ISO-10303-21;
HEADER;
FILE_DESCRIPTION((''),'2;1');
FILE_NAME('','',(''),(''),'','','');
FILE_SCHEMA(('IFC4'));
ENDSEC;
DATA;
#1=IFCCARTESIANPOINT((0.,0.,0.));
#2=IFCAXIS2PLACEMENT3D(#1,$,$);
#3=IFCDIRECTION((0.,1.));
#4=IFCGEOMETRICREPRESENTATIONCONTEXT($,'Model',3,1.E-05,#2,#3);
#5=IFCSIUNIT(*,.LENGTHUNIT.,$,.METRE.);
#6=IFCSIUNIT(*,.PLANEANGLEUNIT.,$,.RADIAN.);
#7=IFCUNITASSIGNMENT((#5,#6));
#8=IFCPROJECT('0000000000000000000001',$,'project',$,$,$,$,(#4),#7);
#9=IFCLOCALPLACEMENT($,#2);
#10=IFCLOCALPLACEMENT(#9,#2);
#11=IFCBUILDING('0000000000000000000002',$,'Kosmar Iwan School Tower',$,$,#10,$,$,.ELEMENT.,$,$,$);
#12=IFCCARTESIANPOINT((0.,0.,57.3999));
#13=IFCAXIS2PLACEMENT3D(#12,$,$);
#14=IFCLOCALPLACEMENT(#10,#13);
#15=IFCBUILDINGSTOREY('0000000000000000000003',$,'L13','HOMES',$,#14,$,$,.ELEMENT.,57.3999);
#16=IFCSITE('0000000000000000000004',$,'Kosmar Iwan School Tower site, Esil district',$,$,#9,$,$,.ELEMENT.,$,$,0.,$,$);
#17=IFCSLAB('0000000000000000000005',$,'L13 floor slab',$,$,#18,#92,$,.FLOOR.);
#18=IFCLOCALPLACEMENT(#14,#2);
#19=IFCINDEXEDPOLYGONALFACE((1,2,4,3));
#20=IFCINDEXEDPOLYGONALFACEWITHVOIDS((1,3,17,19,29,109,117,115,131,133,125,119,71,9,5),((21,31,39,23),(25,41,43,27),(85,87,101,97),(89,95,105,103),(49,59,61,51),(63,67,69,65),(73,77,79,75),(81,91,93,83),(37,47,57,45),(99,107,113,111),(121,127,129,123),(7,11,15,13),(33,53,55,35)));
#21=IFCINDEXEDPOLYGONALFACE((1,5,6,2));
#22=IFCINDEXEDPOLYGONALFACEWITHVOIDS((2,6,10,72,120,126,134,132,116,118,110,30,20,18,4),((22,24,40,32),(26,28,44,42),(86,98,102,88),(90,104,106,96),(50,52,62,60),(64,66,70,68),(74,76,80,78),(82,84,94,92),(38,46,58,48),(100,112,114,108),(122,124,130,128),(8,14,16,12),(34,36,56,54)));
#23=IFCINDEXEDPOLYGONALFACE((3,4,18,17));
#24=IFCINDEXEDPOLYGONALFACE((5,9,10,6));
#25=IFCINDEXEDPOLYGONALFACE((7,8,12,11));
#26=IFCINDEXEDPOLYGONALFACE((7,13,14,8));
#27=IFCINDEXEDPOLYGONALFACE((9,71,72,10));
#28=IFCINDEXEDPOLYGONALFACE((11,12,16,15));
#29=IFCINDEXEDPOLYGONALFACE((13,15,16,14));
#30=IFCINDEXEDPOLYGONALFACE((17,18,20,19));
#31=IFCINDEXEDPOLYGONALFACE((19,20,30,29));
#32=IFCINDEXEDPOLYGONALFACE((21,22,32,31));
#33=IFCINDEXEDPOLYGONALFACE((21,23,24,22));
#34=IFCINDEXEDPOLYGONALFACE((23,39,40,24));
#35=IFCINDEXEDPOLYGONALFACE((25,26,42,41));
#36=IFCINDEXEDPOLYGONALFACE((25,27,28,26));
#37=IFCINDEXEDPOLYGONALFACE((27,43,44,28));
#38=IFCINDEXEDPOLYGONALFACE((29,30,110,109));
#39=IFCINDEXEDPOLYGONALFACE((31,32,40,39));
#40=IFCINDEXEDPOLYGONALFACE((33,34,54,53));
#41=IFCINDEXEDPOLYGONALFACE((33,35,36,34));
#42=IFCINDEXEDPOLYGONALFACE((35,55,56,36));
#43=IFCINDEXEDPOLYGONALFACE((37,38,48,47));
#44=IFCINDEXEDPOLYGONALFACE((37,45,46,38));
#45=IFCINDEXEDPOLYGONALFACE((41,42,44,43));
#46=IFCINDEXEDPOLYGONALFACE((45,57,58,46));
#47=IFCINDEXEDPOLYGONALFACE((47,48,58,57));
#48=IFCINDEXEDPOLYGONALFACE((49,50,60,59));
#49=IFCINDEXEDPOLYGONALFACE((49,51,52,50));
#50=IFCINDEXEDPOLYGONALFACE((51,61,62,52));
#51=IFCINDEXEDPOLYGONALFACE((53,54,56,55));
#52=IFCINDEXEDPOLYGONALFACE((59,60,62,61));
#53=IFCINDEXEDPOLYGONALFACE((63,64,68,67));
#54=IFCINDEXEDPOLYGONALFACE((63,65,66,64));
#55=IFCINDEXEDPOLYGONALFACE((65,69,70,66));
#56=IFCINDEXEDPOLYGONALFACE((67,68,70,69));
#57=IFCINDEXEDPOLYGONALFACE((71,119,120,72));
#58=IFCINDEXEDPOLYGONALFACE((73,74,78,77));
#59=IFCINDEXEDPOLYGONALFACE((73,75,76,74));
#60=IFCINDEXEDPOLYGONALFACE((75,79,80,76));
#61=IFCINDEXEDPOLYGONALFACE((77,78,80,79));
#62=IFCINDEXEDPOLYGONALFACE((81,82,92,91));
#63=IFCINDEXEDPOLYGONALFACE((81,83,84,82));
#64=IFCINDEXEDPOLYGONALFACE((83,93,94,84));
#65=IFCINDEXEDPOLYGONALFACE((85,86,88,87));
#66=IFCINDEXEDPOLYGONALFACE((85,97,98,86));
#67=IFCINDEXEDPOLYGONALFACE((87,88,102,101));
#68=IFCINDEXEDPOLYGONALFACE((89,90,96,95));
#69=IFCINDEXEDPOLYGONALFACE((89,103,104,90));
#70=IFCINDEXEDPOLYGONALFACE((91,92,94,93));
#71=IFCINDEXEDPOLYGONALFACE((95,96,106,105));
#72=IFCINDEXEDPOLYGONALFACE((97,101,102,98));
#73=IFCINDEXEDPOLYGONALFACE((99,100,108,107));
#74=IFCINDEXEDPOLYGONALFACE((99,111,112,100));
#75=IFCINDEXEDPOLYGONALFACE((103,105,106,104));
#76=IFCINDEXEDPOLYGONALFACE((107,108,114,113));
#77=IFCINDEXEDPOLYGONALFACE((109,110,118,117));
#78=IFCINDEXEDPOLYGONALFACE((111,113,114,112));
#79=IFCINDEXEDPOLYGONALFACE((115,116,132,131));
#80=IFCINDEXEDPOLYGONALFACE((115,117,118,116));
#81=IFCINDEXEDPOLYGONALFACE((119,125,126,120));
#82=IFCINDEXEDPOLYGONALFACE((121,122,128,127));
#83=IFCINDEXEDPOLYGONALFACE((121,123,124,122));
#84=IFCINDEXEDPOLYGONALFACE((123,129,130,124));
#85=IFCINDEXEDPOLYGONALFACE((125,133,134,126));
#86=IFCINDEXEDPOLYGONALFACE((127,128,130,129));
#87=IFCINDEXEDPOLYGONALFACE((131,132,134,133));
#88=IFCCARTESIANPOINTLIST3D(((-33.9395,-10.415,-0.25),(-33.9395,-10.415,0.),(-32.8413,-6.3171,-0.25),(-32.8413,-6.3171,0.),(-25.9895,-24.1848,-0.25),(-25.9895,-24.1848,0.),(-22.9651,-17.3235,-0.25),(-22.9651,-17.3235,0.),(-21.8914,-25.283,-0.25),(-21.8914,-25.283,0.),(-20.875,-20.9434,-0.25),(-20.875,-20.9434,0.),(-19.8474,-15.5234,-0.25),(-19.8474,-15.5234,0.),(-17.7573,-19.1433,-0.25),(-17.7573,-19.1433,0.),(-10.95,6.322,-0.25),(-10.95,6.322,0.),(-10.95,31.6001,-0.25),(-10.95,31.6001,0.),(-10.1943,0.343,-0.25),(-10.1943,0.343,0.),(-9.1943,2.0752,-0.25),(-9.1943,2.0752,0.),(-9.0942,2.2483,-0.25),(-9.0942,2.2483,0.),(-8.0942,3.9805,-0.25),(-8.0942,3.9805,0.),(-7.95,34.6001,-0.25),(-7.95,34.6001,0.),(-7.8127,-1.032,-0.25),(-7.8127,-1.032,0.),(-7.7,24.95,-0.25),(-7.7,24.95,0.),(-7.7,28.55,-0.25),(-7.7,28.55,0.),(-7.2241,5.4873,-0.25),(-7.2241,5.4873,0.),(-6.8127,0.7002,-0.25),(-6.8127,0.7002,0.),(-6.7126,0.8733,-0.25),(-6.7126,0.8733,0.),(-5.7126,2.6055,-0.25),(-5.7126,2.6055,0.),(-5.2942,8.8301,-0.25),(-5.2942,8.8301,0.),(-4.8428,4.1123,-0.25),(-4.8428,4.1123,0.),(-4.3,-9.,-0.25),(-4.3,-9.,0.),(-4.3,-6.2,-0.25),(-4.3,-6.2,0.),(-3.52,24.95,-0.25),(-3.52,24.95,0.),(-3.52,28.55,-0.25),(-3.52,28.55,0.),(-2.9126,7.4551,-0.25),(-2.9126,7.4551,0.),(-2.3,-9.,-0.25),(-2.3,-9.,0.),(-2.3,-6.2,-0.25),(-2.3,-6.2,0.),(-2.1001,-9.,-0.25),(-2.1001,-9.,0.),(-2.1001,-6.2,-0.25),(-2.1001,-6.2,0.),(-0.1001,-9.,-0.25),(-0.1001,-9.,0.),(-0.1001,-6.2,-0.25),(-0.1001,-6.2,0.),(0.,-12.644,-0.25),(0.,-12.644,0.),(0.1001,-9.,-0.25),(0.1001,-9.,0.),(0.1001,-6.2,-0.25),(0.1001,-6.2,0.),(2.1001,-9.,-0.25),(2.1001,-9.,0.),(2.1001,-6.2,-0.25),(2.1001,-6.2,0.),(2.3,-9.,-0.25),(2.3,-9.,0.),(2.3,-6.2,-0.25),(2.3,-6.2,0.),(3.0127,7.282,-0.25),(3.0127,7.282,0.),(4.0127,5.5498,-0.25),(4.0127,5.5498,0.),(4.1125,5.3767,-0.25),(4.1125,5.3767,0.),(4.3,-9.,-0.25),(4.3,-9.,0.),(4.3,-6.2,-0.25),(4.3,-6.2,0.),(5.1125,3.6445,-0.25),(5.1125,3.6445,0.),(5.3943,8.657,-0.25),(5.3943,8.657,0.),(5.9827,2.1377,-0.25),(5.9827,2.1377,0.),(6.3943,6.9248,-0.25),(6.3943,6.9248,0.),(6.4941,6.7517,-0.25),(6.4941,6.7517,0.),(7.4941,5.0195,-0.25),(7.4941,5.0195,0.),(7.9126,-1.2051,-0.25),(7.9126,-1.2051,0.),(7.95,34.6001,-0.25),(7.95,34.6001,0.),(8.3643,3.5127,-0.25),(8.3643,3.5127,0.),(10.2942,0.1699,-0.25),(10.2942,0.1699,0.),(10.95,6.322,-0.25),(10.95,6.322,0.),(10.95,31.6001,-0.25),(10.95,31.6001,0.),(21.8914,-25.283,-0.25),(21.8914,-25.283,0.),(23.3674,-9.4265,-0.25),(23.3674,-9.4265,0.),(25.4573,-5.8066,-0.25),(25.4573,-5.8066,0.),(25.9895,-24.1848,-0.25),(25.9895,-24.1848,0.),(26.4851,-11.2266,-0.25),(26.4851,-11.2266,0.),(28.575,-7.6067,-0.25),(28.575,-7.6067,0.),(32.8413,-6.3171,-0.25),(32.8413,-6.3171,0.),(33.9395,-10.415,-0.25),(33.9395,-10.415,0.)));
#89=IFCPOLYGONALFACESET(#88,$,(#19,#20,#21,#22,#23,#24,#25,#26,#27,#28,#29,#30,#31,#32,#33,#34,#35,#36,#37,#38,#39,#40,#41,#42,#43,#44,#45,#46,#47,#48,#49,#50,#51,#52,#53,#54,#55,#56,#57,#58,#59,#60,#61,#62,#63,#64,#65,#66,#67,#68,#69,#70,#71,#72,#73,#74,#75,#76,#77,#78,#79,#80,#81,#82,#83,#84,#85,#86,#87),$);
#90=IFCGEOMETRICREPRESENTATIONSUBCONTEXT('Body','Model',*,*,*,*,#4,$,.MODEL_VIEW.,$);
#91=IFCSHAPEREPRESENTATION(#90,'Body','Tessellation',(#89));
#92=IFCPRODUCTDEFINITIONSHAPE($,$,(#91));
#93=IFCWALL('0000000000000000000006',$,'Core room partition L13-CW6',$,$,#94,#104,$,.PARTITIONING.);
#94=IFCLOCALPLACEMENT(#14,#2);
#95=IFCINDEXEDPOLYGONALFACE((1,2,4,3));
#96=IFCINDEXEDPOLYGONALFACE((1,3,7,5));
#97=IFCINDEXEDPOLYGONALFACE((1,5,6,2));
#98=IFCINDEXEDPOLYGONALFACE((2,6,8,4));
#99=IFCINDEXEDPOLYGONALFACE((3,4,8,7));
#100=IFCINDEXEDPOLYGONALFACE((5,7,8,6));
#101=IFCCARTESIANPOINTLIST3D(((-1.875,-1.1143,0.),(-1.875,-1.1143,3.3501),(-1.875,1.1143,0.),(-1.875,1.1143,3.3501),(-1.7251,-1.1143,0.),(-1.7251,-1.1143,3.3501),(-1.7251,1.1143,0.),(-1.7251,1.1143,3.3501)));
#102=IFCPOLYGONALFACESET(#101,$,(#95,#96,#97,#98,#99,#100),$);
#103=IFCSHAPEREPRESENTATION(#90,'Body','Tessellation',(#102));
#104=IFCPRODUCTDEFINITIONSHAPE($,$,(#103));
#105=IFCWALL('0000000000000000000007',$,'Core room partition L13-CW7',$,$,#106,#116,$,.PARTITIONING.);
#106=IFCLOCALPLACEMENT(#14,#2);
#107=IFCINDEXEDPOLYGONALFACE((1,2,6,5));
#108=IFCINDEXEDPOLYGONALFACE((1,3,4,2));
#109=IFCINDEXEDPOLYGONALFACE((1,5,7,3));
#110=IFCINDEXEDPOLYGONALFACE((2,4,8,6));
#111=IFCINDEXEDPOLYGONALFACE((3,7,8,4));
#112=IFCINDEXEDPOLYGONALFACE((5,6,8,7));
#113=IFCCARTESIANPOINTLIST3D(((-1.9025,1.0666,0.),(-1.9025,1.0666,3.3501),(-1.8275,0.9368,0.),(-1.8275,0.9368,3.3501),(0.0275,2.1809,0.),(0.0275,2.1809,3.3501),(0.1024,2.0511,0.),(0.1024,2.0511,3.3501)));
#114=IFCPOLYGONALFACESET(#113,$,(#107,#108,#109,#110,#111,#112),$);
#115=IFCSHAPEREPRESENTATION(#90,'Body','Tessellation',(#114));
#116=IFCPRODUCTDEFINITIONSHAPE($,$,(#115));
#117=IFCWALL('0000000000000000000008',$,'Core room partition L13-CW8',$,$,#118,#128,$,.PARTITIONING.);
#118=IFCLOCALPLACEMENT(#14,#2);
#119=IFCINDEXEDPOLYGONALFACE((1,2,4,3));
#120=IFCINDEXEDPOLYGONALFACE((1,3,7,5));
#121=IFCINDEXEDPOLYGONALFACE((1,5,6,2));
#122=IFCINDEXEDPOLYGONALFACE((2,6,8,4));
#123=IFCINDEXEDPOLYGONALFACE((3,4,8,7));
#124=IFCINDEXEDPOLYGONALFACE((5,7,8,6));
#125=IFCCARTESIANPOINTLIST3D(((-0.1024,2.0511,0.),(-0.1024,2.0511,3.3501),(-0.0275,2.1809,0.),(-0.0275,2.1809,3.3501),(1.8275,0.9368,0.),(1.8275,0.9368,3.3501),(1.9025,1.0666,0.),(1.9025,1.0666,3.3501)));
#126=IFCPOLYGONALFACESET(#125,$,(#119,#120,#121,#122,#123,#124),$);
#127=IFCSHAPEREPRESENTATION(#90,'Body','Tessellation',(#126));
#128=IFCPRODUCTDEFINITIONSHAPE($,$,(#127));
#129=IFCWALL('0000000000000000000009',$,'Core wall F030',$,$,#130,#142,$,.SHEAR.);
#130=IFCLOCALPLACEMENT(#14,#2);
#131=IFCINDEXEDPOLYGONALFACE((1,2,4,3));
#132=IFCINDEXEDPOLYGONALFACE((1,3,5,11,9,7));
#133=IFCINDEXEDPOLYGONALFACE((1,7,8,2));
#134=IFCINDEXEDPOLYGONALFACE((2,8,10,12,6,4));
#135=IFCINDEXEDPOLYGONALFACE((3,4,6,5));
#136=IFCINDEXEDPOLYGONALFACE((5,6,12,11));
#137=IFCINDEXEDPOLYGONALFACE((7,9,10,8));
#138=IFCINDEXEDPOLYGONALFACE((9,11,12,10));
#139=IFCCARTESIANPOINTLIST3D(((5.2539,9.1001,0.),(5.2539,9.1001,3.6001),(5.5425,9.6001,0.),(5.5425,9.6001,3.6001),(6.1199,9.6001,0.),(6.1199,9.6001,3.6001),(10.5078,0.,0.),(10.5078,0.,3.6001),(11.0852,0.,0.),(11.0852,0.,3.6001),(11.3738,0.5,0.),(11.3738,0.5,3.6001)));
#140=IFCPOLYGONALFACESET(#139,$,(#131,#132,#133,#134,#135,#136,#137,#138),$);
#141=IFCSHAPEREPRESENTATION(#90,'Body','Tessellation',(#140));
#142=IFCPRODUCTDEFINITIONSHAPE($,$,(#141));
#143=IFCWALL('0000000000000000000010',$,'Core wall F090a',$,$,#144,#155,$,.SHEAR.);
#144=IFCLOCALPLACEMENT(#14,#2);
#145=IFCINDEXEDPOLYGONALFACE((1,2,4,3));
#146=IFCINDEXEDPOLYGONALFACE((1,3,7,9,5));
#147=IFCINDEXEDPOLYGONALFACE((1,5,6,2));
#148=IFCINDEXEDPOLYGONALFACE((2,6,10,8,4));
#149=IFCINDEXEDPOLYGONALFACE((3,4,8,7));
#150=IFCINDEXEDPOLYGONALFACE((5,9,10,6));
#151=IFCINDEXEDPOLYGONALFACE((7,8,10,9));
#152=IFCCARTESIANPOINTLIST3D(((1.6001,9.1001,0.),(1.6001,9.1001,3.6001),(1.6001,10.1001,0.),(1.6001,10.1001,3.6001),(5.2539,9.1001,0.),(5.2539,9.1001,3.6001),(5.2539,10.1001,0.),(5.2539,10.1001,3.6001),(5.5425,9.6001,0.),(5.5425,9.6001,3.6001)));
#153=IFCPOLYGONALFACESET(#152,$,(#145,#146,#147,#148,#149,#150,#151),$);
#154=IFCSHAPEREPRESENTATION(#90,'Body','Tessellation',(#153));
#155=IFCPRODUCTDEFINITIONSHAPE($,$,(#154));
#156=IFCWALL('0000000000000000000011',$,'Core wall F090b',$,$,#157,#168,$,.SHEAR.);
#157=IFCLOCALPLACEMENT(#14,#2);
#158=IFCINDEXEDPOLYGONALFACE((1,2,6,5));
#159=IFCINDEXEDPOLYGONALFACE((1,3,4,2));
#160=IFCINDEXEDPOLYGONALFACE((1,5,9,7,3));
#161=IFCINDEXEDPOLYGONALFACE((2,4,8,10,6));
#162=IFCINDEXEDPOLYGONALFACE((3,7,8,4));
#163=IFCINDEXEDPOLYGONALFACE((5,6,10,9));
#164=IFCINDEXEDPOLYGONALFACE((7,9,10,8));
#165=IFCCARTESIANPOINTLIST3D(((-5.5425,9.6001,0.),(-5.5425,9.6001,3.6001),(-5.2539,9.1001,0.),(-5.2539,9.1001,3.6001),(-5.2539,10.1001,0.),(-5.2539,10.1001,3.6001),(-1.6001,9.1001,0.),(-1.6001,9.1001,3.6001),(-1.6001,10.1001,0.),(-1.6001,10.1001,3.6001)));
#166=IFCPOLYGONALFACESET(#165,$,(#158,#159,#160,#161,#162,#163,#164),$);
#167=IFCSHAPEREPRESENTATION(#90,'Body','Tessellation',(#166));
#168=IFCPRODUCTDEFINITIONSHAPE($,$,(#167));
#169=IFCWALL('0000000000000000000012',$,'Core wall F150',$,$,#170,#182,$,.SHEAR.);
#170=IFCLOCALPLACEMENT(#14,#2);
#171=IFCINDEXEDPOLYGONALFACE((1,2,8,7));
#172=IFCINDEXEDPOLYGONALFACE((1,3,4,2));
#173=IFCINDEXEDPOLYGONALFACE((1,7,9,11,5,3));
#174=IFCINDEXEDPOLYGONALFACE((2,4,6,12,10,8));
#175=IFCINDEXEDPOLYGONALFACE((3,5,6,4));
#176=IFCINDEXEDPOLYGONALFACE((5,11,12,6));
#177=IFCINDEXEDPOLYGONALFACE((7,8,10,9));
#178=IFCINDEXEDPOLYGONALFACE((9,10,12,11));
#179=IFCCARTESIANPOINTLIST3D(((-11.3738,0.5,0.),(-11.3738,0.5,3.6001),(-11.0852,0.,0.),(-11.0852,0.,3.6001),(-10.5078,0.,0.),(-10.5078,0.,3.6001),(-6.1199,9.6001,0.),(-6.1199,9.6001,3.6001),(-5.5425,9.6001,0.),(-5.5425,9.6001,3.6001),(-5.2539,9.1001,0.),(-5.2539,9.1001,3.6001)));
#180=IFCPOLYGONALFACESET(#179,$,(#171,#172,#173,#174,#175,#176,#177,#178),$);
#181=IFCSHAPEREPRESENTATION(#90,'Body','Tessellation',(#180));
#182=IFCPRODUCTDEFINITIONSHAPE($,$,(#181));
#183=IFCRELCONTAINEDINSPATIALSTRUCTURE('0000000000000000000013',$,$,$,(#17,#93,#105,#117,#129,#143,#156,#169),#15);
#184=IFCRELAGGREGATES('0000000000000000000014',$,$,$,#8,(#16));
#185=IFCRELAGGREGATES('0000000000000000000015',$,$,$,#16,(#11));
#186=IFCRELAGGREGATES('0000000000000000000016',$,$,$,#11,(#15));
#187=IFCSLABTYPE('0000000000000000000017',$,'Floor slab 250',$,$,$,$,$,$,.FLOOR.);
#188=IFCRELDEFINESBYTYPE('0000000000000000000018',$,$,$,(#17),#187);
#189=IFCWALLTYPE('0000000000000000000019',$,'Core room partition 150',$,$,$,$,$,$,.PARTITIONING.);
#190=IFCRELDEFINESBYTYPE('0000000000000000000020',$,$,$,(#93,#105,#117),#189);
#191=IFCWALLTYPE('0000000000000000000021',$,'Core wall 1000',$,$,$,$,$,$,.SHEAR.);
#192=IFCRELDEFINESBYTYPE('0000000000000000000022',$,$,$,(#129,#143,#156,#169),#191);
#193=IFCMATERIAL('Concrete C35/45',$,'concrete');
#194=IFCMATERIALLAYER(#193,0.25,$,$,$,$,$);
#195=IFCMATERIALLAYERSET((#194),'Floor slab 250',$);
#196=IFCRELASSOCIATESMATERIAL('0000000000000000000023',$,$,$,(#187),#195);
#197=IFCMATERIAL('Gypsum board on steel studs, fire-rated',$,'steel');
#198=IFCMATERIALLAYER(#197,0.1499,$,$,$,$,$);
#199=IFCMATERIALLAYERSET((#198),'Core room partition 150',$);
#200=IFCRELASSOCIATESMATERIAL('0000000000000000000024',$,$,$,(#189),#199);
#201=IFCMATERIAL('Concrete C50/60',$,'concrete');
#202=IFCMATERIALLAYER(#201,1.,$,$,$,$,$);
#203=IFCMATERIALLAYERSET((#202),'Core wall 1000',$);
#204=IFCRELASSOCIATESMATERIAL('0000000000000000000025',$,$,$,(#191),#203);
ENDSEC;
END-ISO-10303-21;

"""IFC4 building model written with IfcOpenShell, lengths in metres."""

from ifc_helpers import new_model, si_unit, direction, frame, frame_2d, origin, place, context, subcontext, project, spatial, polyline, rectangle, outline, extrude, material, layer, layer_set, type_object, element, save


model = new_model("IFC4")

# Units and contexts
model_context = context("Model", 3, precision=1e-05, world=origin(), true_north=direction((0.0, 1.0)))
body_context = subcontext(model_context, "Body", "Model", "MODEL_VIEW")
ifc_project = project(units=[si_unit("LENGTHUNIT", "METRE"), si_unit("PLANEANGLEUNIT", "RADIAN")], contexts=[model_context])

# Site, building, storey
site_placement = place(None, origin())
site = spatial("IfcSite", under=ifc_project, at=site_placement, Name="Kosmar Iwan School Tower site, Esil district", CompositionType="ELEMENT", RefElevation=0.0)
building_placement = place(site_placement, origin())
building = spatial("IfcBuilding", under=site, at=building_placement, Name="Kosmar Iwan School Tower", CompositionType="ELEMENT")
storey_placement = place(building_placement, frame((0.0, 0.0, 57.3999)))
storey = spatial("IfcBuildingStorey", under=building, at=storey_placement, Name="L13", Description="HOMES", CompositionType="ELEMENT", Elevation=57.3999)

# Slab
ifc_material_1 = material(Name="Concrete C35/45", Category="concrete")
ifc_layer_1 = layer(ifc_material_1, 0.25)
ifc_layer_set_1 = layer_set([ifc_layer_1], Name="Floor slab 250")
slab_type = type_object("IfcSlabType", Name="Floor slab 250", PredefinedType="FLOOR", material=ifc_layer_set_1)
slab_placement = place(storey_placement, frame((0.0, 0.0, -0.25)))
element("IfcSlab", 1, at=slab_placement, inside=storey, type_object=slab_type, Name="L13 floor slab", PredefinedType="FLOOR", context=body_context, shape_type="SweptSolid", body=[
    extrude(outline(polyline([(-21.8914, -25.283), (0.0, -12.644), (21.8914, -25.283), (25.9895, -24.1848), (33.9395, -10.415), (32.8413, -6.3171), (10.95, 6.322), (10.95, 31.6001), (7.95, 34.6001), (-7.95, 34.6001), (-10.95, 31.6001), (-10.95, 6.322), (-32.8413, -6.3171), (-33.9395, -10.415), (-25.9895, -24.1848), (-21.8914, -25.283)]), holes=[polyline([(7.9126, -1.2051), (10.2942, 0.1699), (8.3643, 3.5127), (5.9827, 2.1377), (7.9126, -1.2051)]), polyline([(-2.9126, 7.4551), (-5.2942, 8.8301), (-7.2241, 5.4873), (-4.8428, 4.1123), (-2.9126, 7.4551)]), polyline([(-5.7126, 2.6055), (-8.0942, 3.9805), (-9.0942, 2.2483), (-6.7126, 0.8733), (-5.7126, 2.6055)]), polyline([(-6.8127, 0.7002), (-9.1943, 2.0752), (-10.1943, 0.343), (-7.8127, -1.032), (-6.8127, 0.7002)]), polyline([(5.1125, 3.6445), (7.4941, 5.0195), (6.4941, 6.7517), (4.1125, 5.3767), (5.1125, 3.6445)]), polyline([(4.0127, 5.5498), (6.3943, 6.9248), (5.3943, 8.657), (3.0127, 7.282), (4.0127, 5.5498)]), polyline([(-4.3, -6.2), (-4.3, -9.0), (-2.3, -9.0), (-2.3, -6.2), (-4.3, -6.2)]), polyline([(-2.1001, -6.2), (-2.1001, -9.0), (-0.1001, -9.0), (-0.1001, -6.2), (-2.1001, -6.2)]), polyline([(0.1001, -6.2), (0.1001, -9.0), (2.1001, -9.0), (2.1001, -6.2), (0.1001, -6.2)]), polyline([(2.3, -6.2), (2.3, -9.0), (4.3, -9.0), (4.3, -6.2), (2.3, -6.2)]), polyline([(-3.52, 24.95), (-3.52, 28.55), (-7.7, 28.55), (-7.7, 24.95), (-3.52, 24.95)]), polyline([(-19.8474, -15.5234), (-22.9651, -17.3235), (-20.875, -20.9434), (-17.7573, -19.1433), (-19.8474, -15.5234)]), polyline([(23.3674, -9.4265), (26.4851, -11.2266), (28.575, -7.6067), (25.4573, -5.8066), (23.3674, -9.4265)])]), origin(), (0.0, 0.0, 1.0), 0.25),
])

# Walls
ifc_material_2 = material(Name="Gypsum board on steel studs, fire-rated", Category="steel")
ifc_layer_2 = layer(ifc_material_2, 0.1499)
ifc_layer_set_2 = layer_set([ifc_layer_2], Name="Core room partition 150")
wall_type_1 = type_object("IfcWallType", Name="Core room partition 150", PredefinedType="PARTITIONING", material=ifc_layer_set_2)
for number, where, z_axis, x_axis, name in (
    (2, (-1.8, -1.1143, 0.0), (0.0, 0.0, 1.0), (0.0, 1.0, 0.0), "Core room partition L13-CW6"),
    (3, (-1.865, 1.0017, 0.0), (0.0, 0.0, 1.0), (0.866023, 0.500004, 0.0), "Core room partition L13-CW7"),
    (4, (-0.0649, 2.116, 0.0), (0.0, 0.0, 1.0), (0.866023, -0.500004, 0.0), "Core room partition L13-CW8"),
):
    element("IfcWall", number, at=place(storey_placement, frame(where, z_axis=z_axis, x_axis=x_axis)), inside=storey, type_object=wall_type_1, Name=name, PredefinedType="PARTITIONING", context=body_context, shape_type="SweptSolid", body=[
        extrude(rectangle(XDim=2.2285, YDim=0.1499, at=frame_2d((1.1143, 0.0))), origin(), (0.0, 0.0, 1.0), 3.3501),
    ])
ifc_material_3 = material(Name="Concrete C50/60", Category="concrete")
ifc_layer_3 = layer(ifc_material_3, 1.0)
ifc_layer_set_3 = layer_set([ifc_layer_3], Name="Core wall 1000")
wall_type_2 = type_object("IfcWallType", Name="Core wall 1000", PredefinedType="SHEAR", material=ifc_layer_set_3)
wall_1_placement = place(storey_placement, origin())
element("IfcWall", 5, at=wall_1_placement, inside=storey, type_object=wall_type_2, Name="Core wall F030", PredefinedType="SHEAR", context=body_context, shape_type="SweptSolid", body=[
    extrude(outline(polyline([(10.5078, 0.0), (11.0852, 0.0), (11.3738, 0.5), (6.1199, 9.6001), (5.5425, 9.6001), (5.2539, 9.1001), (10.5078, 0.0)])), origin(), (0.0, 0.0, 1.0), 3.6001),
])
wall_2_placement = place(storey_placement, origin())
element("IfcWall", 6, at=wall_2_placement, inside=storey, type_object=wall_type_2, Name="Core wall F090a", PredefinedType="SHEAR", context=body_context, shape_type="SweptSolid", body=[
    extrude(outline(polyline([(1.6001, 9.1001), (5.2539, 9.1001), (5.5425, 9.6001), (5.2539, 10.1001), (1.6001, 10.1001), (1.6001, 9.1001)])), origin(), (0.0, 0.0, 1.0), 3.6001),
])
wall_3_placement = place(storey_placement, origin())
element("IfcWall", 7, at=wall_3_placement, inside=storey, type_object=wall_type_2, Name="Core wall F090b", PredefinedType="SHEAR", context=body_context, shape_type="SweptSolid", body=[
    extrude(outline(polyline([(-5.2539, 9.1001), (-1.6001, 9.1001), (-1.6001, 10.1001), (-5.2539, 10.1001), (-5.5425, 9.6001), (-5.2539, 9.1001)])), origin(), (0.0, 0.0, 1.0), 3.6001),
])
wall_4_placement = place(storey_placement, origin())
element("IfcWall", 8, at=wall_4_placement, inside=storey, type_object=wall_type_2, Name="Core wall F150", PredefinedType="SHEAR", context=body_context, shape_type="SweptSolid", body=[
    extrude(outline(polyline([(-11.0852, 0.0), (-10.5078, 0.0), (-5.2539, 9.1001), (-5.5425, 9.6001), (-6.1199, 9.6001), (-11.3738, 0.5), (-11.0852, 0.0)])), origin(), (0.0, 0.0, 1.0), 3.6001),
])

save(model, "model.ifc")
